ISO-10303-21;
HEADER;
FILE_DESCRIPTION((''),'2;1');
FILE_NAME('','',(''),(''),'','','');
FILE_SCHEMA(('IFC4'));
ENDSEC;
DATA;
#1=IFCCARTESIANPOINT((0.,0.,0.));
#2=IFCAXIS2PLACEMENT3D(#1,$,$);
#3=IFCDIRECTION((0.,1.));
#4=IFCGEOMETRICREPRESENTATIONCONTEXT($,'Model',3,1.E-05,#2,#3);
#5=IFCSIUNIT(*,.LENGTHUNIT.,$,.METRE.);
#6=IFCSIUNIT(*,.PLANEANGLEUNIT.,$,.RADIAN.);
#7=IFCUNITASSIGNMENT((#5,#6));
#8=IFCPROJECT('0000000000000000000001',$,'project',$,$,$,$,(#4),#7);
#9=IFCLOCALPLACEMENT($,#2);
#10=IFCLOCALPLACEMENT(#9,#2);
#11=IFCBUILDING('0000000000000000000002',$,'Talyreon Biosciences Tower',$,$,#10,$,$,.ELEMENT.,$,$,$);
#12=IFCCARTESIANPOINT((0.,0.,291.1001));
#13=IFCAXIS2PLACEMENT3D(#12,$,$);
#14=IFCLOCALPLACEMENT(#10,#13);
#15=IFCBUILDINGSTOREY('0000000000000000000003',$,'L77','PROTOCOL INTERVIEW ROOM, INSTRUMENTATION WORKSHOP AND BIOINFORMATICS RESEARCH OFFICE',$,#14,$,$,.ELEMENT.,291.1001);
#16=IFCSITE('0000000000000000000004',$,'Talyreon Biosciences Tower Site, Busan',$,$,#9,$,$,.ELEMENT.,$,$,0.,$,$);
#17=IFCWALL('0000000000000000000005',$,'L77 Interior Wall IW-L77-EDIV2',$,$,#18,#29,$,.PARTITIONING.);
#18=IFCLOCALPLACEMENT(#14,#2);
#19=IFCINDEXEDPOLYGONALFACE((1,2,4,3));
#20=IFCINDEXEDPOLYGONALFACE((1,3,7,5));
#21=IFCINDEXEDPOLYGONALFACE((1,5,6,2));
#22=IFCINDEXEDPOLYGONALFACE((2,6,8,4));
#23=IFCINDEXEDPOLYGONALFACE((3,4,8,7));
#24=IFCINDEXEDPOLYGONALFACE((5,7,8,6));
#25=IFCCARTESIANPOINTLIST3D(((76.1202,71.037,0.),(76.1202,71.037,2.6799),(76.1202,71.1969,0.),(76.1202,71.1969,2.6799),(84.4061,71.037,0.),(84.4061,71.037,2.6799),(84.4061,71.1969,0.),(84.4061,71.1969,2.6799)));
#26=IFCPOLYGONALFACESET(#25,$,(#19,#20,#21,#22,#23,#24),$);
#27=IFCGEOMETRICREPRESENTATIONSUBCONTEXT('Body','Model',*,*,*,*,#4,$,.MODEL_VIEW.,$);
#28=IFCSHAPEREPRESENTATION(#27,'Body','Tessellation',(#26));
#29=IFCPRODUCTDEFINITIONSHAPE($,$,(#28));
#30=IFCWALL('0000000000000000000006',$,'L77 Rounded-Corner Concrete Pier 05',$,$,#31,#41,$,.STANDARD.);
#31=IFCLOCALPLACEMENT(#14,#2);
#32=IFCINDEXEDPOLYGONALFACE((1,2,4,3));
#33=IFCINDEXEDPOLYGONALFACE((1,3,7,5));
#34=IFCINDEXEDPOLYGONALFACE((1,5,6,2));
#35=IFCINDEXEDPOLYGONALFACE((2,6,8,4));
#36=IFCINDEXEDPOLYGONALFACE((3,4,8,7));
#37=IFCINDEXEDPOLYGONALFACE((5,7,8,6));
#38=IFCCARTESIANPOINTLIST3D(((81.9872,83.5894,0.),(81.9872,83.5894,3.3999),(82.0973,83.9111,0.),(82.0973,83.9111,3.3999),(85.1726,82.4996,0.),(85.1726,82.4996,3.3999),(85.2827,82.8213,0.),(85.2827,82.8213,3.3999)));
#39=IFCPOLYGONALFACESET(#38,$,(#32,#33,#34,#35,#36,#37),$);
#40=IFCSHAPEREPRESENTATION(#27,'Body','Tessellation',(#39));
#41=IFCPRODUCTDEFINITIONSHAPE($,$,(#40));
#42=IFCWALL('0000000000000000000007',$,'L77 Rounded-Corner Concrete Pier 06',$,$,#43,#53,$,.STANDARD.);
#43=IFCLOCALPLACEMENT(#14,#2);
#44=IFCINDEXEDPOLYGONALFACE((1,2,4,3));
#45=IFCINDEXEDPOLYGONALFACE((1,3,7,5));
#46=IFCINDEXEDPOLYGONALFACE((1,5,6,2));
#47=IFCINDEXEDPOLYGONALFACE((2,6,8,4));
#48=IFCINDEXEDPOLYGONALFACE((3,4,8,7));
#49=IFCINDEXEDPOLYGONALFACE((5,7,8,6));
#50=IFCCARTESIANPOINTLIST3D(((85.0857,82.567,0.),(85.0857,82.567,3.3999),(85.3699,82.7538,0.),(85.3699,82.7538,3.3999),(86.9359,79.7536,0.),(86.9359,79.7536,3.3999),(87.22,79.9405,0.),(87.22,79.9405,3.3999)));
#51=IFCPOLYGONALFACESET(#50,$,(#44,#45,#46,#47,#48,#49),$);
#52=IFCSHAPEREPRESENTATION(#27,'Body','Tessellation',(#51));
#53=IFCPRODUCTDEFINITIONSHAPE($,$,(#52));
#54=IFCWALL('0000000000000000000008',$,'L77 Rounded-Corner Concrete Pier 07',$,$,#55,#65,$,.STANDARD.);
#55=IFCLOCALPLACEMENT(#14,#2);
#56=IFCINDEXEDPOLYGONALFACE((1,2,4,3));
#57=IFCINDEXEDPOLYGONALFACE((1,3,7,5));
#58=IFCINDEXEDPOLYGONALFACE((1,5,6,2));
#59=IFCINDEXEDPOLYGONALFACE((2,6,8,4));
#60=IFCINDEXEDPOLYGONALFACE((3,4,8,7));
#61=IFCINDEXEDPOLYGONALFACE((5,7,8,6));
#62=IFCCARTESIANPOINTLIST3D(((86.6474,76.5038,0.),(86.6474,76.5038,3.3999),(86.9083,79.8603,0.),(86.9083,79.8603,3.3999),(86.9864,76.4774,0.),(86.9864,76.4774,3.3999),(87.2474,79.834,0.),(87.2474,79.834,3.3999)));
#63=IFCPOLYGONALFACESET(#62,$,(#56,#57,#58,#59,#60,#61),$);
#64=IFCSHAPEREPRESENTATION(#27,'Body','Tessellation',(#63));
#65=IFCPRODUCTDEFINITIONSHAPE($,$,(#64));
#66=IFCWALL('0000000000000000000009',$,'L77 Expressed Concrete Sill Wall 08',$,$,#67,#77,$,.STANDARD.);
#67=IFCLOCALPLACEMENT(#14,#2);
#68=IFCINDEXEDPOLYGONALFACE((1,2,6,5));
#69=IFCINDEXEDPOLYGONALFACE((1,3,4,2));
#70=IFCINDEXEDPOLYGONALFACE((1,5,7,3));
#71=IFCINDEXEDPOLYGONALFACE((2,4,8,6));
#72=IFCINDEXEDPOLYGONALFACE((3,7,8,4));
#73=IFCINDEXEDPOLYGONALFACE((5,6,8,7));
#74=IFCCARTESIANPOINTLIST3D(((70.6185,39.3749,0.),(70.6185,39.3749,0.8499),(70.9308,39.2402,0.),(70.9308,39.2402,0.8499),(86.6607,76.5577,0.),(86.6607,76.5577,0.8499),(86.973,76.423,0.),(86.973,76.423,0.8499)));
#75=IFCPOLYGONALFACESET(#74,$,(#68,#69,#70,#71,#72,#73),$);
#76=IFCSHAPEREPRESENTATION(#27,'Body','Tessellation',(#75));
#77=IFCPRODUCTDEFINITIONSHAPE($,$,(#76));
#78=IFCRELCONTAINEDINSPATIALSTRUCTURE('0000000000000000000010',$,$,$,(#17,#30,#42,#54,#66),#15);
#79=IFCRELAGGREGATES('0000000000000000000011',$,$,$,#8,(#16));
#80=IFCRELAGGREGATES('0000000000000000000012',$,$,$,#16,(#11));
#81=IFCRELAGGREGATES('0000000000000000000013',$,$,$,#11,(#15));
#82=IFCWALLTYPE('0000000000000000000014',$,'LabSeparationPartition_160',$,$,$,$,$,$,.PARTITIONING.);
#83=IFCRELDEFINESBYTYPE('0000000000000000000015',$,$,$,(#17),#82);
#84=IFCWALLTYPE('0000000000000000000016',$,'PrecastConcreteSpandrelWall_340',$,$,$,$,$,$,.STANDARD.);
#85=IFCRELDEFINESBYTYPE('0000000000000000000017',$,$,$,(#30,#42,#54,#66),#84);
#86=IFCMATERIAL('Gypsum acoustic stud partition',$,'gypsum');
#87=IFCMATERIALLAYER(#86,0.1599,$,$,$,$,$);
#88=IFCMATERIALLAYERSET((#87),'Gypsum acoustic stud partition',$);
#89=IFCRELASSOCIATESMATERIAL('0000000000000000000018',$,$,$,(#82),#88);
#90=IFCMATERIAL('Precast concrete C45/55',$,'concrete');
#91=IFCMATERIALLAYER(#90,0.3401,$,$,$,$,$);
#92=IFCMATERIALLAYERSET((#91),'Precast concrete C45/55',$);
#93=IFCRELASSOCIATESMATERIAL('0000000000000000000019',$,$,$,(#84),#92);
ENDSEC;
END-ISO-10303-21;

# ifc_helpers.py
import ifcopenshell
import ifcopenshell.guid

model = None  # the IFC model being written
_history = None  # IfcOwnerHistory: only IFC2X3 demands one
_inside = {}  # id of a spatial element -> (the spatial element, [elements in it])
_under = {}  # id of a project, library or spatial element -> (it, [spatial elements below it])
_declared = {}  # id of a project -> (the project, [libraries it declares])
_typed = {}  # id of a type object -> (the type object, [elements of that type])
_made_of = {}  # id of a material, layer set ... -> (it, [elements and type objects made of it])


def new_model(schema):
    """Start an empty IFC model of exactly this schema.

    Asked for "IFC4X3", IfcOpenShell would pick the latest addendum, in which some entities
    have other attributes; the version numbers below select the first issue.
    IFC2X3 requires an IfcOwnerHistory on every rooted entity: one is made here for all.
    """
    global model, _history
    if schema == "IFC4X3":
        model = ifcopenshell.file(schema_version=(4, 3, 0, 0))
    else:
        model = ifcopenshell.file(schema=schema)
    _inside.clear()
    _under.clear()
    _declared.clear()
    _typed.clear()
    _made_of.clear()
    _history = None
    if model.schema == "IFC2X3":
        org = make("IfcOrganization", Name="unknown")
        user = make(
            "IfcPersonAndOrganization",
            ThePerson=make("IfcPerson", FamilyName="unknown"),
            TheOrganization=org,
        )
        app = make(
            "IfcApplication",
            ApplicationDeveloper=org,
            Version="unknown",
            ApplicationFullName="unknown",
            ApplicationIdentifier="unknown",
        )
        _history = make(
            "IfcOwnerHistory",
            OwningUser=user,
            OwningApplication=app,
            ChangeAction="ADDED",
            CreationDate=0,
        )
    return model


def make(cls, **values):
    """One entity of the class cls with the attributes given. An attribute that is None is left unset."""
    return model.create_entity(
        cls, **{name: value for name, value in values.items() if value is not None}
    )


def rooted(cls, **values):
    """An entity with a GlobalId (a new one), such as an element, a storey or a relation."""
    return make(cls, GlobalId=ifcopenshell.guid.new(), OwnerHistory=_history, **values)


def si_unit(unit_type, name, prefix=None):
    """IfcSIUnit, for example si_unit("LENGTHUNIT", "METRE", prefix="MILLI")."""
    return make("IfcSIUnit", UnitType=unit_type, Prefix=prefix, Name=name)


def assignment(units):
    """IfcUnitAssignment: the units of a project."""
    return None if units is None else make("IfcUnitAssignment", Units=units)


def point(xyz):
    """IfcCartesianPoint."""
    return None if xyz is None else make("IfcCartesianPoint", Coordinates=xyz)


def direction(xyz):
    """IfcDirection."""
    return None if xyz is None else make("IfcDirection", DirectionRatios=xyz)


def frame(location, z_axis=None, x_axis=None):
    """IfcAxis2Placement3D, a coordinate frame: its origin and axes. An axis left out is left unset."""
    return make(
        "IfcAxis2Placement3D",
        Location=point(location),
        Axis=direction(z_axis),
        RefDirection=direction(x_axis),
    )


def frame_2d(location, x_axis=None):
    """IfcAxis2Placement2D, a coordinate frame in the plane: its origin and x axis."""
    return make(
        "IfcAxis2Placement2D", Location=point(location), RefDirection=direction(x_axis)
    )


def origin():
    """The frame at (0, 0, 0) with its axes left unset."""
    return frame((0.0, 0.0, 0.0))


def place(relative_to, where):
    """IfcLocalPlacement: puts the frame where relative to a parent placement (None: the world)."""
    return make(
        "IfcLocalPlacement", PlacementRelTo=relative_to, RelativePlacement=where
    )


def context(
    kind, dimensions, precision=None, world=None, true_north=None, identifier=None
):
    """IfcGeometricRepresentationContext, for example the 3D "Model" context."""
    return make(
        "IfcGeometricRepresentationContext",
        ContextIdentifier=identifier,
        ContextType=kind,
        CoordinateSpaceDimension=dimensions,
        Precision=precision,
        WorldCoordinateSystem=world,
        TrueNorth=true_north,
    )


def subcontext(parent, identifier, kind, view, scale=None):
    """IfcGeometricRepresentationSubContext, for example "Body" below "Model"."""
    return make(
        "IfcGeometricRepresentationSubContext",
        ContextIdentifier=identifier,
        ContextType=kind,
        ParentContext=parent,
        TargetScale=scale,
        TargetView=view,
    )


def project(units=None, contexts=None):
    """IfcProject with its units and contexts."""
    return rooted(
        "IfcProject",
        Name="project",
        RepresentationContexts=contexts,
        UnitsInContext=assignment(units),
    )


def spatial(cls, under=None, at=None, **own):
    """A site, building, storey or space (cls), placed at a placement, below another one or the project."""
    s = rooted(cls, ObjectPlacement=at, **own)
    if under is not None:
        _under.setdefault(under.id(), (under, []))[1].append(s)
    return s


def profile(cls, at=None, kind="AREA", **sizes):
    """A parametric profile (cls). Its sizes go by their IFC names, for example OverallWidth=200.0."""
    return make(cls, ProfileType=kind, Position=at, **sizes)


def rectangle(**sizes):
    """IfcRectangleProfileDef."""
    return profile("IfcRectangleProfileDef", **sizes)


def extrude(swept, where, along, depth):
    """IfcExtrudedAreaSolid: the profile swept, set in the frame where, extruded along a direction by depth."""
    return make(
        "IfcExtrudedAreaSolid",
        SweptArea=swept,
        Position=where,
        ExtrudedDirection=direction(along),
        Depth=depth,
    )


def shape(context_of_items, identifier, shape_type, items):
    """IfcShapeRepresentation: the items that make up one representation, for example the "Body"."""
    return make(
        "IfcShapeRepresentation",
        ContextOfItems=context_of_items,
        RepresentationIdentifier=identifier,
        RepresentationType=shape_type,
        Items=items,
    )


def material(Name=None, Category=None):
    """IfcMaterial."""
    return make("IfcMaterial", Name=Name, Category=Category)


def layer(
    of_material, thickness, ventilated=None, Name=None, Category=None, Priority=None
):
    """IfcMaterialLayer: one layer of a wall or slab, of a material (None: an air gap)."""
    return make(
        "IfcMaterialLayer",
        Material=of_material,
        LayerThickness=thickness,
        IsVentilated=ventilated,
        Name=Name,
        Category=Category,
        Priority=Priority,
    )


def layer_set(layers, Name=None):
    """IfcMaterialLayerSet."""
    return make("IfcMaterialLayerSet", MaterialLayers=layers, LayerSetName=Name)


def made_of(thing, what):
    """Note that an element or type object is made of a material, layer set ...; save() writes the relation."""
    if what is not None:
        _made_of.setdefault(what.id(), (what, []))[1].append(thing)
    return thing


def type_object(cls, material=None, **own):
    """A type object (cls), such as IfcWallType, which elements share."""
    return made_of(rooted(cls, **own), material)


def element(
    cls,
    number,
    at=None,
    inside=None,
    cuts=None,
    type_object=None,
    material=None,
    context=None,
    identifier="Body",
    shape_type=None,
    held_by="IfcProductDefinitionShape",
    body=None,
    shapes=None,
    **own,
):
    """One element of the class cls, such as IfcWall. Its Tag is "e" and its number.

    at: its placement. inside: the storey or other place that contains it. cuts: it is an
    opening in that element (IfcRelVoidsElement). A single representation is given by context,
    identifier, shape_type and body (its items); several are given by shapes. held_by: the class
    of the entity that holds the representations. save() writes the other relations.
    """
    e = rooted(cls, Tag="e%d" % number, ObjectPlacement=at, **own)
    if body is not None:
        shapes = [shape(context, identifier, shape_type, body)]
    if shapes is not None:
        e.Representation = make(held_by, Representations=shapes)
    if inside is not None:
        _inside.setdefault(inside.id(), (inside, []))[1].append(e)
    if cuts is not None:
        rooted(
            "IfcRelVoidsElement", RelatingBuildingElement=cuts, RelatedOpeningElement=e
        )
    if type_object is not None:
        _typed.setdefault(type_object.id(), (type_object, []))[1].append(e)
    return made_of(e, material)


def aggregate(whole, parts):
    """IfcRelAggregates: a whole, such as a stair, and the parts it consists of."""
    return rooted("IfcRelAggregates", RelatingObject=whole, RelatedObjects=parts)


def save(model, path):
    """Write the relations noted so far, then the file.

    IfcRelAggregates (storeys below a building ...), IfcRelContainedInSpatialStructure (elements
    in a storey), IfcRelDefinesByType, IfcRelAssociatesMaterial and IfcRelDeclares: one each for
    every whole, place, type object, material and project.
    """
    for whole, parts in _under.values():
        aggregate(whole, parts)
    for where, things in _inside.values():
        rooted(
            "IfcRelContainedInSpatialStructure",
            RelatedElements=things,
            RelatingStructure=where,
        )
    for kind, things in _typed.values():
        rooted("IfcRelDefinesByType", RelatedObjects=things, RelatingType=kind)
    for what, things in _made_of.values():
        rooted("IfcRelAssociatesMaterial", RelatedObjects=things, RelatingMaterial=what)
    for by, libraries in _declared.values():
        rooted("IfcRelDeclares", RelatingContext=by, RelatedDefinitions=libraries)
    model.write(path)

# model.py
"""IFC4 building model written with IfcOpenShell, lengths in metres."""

from ifc_helpers import new_model, si_unit, direction, frame, frame_2d, origin, place, context, subcontext, project, spatial, rectangle, extrude, material, layer, layer_set, type_object, element, save


model = new_model("IFC4")

# Units and contexts
model_context = context("Model", 3, precision=1e-05, world=origin(), true_north=direction((0.0, 1.0)))
body_context = subcontext(model_context, "Body", "Model", "MODEL_VIEW")
ifc_project = project(units=[si_unit("LENGTHUNIT", "METRE"), si_unit("PLANEANGLEUNIT", "RADIAN")], contexts=[model_context])

# Site, building, storey
site_placement = place(None, origin())
site = spatial("IfcSite", under=ifc_project, at=site_placement, Name="Talyreon Biosciences Tower Site, Busan", CompositionType="ELEMENT", RefElevation=0.0)
building_placement = place(site_placement, origin())
building = spatial("IfcBuilding", under=site, at=building_placement, Name="Talyreon Biosciences Tower", CompositionType="ELEMENT")
storey_placement = place(building_placement, frame((0.0, 0.0, 291.1001)))
storey = spatial("IfcBuildingStorey", under=building, at=storey_placement, Name="L77", Description="PROTOCOL INTERVIEW ROOM, INSTRUMENTATION WORKSHOP AND BIOINFORMATICS RESEARCH OFFICE", CompositionType="ELEMENT", Elevation=291.1001)

# Shared definitions
ifc_material_1 = material(Name="Precast concrete C45/55", Category="concrete")

# Walls
ifc_material_2 = material(Name="Gypsum acoustic stud partition", Category="gypsum")
ifc_layer_1 = layer(ifc_material_2, 0.1599)
ifc_layer_set_1 = layer_set([ifc_layer_1], Name="Gypsum acoustic stud partition")
wall_type_1 = type_object("IfcWallType", Name="LabSeparationPartition_160", PredefinedType="PARTITIONING", material=ifc_layer_set_1)
wall_1_placement = place(storey_placement, frame((76.1201, 71.1169, 0.0), z_axis=(0.0, 0.0, 1.0), x_axis=(1.0, 0.0, 0.0)))
element("IfcWall", 1, at=wall_1_placement, inside=storey, type_object=wall_type_1, Name="L77 Interior Wall IW-L77-EDIV2", PredefinedType="PARTITIONING", context=body_context, shape_type="SweptSolid", body=[
    extrude(rectangle(XDim=8.2859, YDim=0.1599, at=frame_2d((4.1431, 0.0))), origin(), (0.0, 0.0, 1.0), 2.6799),
])
ifc_layer_2 = layer(ifc_material_1, 0.3401)
ifc_layer_set_2 = layer_set([ifc_layer_2], Name="Precast concrete C45/55")
wall_type_2 = type_object("IfcWallType", Name="PrecastConcreteSpandrelWall_340", PredefinedType="STANDARD", material=ifc_layer_set_2)
wall_2_placement = place(storey_placement, frame((82.0422, 83.7502, 0.0), z_axis=(0.0, 0.0, 1.0), x_axis=(0.946159, -0.323701, 0.0)))
element("IfcWall", 2, at=wall_2_placement, inside=storey, type_object=wall_type_2, Name="L77 Rounded-Corner Concrete Pier 05", PredefinedType="STANDARD", context=body_context, shape_type="SweptSolid", body=[
    extrude(rectangle(XDim=3.3667, YDim=0.3401, at=frame_2d((1.6833, 0.0))), origin(), (0.0, 0.0, 1.0), 3.3999),
])
wall_3_placement = place(storey_placement, frame((85.2278, 82.6604, 0.0), z_axis=(0.0, 0.0, 1.0), x_axis=(0.549469, -0.835514, 0.0)))
element("IfcWall", 3, at=wall_3_placement, inside=storey, type_object=wall_type_2, Name="L77 Rounded-Corner Concrete Pier 06", PredefinedType="STANDARD", context=body_context, shape_type="SweptSolid", body=[
    extrude(rectangle(XDim=3.3672, YDim=0.3401, at=frame_2d((1.6836, 0.0))), origin(), (0.0, 0.0, 1.0), 3.3999),
])
wall_4_placement = place(storey_placement, frame((87.0779, 79.8472, 0.0), z_axis=(0.0, 0.0, 1.0), x_axis=(-0.077517, -0.996991, 0.0)))
element("IfcWall", 4, at=wall_4_placement, inside=storey, type_object=wall_type_2, Name="L77 Rounded-Corner Concrete Pier 07", PredefinedType="STANDARD", context=body_context, shape_type="SweptSolid", body=[
    extrude(rectangle(XDim=3.3667, YDim=0.3401, at=frame_2d((1.6833, 0.0))), origin(), (0.0, 0.0, 1.0), 3.3999),
])
wall_5_placement = place(storey_placement, frame((86.8169, 76.4905, 0.0), z_axis=(0.0, 0.0, 1.0), x_axis=(-0.396145, -0.918188, 0.0)))
element("IfcWall", 5, at=wall_5_placement, inside=storey, type_object=wall_type_2, Name="L77 Expressed Concrete Sill Wall 08", PredefinedType="STANDARD", context=body_context, shape_type="SweptSolid", body=[
    extrude(rectangle(XDim=40.4958, YDim=0.3401, at=frame_2d((20.248, 0.0))), origin(), (0.0, 0.0, 1.0), 0.8499),
])

save(model, "model.ifc")
